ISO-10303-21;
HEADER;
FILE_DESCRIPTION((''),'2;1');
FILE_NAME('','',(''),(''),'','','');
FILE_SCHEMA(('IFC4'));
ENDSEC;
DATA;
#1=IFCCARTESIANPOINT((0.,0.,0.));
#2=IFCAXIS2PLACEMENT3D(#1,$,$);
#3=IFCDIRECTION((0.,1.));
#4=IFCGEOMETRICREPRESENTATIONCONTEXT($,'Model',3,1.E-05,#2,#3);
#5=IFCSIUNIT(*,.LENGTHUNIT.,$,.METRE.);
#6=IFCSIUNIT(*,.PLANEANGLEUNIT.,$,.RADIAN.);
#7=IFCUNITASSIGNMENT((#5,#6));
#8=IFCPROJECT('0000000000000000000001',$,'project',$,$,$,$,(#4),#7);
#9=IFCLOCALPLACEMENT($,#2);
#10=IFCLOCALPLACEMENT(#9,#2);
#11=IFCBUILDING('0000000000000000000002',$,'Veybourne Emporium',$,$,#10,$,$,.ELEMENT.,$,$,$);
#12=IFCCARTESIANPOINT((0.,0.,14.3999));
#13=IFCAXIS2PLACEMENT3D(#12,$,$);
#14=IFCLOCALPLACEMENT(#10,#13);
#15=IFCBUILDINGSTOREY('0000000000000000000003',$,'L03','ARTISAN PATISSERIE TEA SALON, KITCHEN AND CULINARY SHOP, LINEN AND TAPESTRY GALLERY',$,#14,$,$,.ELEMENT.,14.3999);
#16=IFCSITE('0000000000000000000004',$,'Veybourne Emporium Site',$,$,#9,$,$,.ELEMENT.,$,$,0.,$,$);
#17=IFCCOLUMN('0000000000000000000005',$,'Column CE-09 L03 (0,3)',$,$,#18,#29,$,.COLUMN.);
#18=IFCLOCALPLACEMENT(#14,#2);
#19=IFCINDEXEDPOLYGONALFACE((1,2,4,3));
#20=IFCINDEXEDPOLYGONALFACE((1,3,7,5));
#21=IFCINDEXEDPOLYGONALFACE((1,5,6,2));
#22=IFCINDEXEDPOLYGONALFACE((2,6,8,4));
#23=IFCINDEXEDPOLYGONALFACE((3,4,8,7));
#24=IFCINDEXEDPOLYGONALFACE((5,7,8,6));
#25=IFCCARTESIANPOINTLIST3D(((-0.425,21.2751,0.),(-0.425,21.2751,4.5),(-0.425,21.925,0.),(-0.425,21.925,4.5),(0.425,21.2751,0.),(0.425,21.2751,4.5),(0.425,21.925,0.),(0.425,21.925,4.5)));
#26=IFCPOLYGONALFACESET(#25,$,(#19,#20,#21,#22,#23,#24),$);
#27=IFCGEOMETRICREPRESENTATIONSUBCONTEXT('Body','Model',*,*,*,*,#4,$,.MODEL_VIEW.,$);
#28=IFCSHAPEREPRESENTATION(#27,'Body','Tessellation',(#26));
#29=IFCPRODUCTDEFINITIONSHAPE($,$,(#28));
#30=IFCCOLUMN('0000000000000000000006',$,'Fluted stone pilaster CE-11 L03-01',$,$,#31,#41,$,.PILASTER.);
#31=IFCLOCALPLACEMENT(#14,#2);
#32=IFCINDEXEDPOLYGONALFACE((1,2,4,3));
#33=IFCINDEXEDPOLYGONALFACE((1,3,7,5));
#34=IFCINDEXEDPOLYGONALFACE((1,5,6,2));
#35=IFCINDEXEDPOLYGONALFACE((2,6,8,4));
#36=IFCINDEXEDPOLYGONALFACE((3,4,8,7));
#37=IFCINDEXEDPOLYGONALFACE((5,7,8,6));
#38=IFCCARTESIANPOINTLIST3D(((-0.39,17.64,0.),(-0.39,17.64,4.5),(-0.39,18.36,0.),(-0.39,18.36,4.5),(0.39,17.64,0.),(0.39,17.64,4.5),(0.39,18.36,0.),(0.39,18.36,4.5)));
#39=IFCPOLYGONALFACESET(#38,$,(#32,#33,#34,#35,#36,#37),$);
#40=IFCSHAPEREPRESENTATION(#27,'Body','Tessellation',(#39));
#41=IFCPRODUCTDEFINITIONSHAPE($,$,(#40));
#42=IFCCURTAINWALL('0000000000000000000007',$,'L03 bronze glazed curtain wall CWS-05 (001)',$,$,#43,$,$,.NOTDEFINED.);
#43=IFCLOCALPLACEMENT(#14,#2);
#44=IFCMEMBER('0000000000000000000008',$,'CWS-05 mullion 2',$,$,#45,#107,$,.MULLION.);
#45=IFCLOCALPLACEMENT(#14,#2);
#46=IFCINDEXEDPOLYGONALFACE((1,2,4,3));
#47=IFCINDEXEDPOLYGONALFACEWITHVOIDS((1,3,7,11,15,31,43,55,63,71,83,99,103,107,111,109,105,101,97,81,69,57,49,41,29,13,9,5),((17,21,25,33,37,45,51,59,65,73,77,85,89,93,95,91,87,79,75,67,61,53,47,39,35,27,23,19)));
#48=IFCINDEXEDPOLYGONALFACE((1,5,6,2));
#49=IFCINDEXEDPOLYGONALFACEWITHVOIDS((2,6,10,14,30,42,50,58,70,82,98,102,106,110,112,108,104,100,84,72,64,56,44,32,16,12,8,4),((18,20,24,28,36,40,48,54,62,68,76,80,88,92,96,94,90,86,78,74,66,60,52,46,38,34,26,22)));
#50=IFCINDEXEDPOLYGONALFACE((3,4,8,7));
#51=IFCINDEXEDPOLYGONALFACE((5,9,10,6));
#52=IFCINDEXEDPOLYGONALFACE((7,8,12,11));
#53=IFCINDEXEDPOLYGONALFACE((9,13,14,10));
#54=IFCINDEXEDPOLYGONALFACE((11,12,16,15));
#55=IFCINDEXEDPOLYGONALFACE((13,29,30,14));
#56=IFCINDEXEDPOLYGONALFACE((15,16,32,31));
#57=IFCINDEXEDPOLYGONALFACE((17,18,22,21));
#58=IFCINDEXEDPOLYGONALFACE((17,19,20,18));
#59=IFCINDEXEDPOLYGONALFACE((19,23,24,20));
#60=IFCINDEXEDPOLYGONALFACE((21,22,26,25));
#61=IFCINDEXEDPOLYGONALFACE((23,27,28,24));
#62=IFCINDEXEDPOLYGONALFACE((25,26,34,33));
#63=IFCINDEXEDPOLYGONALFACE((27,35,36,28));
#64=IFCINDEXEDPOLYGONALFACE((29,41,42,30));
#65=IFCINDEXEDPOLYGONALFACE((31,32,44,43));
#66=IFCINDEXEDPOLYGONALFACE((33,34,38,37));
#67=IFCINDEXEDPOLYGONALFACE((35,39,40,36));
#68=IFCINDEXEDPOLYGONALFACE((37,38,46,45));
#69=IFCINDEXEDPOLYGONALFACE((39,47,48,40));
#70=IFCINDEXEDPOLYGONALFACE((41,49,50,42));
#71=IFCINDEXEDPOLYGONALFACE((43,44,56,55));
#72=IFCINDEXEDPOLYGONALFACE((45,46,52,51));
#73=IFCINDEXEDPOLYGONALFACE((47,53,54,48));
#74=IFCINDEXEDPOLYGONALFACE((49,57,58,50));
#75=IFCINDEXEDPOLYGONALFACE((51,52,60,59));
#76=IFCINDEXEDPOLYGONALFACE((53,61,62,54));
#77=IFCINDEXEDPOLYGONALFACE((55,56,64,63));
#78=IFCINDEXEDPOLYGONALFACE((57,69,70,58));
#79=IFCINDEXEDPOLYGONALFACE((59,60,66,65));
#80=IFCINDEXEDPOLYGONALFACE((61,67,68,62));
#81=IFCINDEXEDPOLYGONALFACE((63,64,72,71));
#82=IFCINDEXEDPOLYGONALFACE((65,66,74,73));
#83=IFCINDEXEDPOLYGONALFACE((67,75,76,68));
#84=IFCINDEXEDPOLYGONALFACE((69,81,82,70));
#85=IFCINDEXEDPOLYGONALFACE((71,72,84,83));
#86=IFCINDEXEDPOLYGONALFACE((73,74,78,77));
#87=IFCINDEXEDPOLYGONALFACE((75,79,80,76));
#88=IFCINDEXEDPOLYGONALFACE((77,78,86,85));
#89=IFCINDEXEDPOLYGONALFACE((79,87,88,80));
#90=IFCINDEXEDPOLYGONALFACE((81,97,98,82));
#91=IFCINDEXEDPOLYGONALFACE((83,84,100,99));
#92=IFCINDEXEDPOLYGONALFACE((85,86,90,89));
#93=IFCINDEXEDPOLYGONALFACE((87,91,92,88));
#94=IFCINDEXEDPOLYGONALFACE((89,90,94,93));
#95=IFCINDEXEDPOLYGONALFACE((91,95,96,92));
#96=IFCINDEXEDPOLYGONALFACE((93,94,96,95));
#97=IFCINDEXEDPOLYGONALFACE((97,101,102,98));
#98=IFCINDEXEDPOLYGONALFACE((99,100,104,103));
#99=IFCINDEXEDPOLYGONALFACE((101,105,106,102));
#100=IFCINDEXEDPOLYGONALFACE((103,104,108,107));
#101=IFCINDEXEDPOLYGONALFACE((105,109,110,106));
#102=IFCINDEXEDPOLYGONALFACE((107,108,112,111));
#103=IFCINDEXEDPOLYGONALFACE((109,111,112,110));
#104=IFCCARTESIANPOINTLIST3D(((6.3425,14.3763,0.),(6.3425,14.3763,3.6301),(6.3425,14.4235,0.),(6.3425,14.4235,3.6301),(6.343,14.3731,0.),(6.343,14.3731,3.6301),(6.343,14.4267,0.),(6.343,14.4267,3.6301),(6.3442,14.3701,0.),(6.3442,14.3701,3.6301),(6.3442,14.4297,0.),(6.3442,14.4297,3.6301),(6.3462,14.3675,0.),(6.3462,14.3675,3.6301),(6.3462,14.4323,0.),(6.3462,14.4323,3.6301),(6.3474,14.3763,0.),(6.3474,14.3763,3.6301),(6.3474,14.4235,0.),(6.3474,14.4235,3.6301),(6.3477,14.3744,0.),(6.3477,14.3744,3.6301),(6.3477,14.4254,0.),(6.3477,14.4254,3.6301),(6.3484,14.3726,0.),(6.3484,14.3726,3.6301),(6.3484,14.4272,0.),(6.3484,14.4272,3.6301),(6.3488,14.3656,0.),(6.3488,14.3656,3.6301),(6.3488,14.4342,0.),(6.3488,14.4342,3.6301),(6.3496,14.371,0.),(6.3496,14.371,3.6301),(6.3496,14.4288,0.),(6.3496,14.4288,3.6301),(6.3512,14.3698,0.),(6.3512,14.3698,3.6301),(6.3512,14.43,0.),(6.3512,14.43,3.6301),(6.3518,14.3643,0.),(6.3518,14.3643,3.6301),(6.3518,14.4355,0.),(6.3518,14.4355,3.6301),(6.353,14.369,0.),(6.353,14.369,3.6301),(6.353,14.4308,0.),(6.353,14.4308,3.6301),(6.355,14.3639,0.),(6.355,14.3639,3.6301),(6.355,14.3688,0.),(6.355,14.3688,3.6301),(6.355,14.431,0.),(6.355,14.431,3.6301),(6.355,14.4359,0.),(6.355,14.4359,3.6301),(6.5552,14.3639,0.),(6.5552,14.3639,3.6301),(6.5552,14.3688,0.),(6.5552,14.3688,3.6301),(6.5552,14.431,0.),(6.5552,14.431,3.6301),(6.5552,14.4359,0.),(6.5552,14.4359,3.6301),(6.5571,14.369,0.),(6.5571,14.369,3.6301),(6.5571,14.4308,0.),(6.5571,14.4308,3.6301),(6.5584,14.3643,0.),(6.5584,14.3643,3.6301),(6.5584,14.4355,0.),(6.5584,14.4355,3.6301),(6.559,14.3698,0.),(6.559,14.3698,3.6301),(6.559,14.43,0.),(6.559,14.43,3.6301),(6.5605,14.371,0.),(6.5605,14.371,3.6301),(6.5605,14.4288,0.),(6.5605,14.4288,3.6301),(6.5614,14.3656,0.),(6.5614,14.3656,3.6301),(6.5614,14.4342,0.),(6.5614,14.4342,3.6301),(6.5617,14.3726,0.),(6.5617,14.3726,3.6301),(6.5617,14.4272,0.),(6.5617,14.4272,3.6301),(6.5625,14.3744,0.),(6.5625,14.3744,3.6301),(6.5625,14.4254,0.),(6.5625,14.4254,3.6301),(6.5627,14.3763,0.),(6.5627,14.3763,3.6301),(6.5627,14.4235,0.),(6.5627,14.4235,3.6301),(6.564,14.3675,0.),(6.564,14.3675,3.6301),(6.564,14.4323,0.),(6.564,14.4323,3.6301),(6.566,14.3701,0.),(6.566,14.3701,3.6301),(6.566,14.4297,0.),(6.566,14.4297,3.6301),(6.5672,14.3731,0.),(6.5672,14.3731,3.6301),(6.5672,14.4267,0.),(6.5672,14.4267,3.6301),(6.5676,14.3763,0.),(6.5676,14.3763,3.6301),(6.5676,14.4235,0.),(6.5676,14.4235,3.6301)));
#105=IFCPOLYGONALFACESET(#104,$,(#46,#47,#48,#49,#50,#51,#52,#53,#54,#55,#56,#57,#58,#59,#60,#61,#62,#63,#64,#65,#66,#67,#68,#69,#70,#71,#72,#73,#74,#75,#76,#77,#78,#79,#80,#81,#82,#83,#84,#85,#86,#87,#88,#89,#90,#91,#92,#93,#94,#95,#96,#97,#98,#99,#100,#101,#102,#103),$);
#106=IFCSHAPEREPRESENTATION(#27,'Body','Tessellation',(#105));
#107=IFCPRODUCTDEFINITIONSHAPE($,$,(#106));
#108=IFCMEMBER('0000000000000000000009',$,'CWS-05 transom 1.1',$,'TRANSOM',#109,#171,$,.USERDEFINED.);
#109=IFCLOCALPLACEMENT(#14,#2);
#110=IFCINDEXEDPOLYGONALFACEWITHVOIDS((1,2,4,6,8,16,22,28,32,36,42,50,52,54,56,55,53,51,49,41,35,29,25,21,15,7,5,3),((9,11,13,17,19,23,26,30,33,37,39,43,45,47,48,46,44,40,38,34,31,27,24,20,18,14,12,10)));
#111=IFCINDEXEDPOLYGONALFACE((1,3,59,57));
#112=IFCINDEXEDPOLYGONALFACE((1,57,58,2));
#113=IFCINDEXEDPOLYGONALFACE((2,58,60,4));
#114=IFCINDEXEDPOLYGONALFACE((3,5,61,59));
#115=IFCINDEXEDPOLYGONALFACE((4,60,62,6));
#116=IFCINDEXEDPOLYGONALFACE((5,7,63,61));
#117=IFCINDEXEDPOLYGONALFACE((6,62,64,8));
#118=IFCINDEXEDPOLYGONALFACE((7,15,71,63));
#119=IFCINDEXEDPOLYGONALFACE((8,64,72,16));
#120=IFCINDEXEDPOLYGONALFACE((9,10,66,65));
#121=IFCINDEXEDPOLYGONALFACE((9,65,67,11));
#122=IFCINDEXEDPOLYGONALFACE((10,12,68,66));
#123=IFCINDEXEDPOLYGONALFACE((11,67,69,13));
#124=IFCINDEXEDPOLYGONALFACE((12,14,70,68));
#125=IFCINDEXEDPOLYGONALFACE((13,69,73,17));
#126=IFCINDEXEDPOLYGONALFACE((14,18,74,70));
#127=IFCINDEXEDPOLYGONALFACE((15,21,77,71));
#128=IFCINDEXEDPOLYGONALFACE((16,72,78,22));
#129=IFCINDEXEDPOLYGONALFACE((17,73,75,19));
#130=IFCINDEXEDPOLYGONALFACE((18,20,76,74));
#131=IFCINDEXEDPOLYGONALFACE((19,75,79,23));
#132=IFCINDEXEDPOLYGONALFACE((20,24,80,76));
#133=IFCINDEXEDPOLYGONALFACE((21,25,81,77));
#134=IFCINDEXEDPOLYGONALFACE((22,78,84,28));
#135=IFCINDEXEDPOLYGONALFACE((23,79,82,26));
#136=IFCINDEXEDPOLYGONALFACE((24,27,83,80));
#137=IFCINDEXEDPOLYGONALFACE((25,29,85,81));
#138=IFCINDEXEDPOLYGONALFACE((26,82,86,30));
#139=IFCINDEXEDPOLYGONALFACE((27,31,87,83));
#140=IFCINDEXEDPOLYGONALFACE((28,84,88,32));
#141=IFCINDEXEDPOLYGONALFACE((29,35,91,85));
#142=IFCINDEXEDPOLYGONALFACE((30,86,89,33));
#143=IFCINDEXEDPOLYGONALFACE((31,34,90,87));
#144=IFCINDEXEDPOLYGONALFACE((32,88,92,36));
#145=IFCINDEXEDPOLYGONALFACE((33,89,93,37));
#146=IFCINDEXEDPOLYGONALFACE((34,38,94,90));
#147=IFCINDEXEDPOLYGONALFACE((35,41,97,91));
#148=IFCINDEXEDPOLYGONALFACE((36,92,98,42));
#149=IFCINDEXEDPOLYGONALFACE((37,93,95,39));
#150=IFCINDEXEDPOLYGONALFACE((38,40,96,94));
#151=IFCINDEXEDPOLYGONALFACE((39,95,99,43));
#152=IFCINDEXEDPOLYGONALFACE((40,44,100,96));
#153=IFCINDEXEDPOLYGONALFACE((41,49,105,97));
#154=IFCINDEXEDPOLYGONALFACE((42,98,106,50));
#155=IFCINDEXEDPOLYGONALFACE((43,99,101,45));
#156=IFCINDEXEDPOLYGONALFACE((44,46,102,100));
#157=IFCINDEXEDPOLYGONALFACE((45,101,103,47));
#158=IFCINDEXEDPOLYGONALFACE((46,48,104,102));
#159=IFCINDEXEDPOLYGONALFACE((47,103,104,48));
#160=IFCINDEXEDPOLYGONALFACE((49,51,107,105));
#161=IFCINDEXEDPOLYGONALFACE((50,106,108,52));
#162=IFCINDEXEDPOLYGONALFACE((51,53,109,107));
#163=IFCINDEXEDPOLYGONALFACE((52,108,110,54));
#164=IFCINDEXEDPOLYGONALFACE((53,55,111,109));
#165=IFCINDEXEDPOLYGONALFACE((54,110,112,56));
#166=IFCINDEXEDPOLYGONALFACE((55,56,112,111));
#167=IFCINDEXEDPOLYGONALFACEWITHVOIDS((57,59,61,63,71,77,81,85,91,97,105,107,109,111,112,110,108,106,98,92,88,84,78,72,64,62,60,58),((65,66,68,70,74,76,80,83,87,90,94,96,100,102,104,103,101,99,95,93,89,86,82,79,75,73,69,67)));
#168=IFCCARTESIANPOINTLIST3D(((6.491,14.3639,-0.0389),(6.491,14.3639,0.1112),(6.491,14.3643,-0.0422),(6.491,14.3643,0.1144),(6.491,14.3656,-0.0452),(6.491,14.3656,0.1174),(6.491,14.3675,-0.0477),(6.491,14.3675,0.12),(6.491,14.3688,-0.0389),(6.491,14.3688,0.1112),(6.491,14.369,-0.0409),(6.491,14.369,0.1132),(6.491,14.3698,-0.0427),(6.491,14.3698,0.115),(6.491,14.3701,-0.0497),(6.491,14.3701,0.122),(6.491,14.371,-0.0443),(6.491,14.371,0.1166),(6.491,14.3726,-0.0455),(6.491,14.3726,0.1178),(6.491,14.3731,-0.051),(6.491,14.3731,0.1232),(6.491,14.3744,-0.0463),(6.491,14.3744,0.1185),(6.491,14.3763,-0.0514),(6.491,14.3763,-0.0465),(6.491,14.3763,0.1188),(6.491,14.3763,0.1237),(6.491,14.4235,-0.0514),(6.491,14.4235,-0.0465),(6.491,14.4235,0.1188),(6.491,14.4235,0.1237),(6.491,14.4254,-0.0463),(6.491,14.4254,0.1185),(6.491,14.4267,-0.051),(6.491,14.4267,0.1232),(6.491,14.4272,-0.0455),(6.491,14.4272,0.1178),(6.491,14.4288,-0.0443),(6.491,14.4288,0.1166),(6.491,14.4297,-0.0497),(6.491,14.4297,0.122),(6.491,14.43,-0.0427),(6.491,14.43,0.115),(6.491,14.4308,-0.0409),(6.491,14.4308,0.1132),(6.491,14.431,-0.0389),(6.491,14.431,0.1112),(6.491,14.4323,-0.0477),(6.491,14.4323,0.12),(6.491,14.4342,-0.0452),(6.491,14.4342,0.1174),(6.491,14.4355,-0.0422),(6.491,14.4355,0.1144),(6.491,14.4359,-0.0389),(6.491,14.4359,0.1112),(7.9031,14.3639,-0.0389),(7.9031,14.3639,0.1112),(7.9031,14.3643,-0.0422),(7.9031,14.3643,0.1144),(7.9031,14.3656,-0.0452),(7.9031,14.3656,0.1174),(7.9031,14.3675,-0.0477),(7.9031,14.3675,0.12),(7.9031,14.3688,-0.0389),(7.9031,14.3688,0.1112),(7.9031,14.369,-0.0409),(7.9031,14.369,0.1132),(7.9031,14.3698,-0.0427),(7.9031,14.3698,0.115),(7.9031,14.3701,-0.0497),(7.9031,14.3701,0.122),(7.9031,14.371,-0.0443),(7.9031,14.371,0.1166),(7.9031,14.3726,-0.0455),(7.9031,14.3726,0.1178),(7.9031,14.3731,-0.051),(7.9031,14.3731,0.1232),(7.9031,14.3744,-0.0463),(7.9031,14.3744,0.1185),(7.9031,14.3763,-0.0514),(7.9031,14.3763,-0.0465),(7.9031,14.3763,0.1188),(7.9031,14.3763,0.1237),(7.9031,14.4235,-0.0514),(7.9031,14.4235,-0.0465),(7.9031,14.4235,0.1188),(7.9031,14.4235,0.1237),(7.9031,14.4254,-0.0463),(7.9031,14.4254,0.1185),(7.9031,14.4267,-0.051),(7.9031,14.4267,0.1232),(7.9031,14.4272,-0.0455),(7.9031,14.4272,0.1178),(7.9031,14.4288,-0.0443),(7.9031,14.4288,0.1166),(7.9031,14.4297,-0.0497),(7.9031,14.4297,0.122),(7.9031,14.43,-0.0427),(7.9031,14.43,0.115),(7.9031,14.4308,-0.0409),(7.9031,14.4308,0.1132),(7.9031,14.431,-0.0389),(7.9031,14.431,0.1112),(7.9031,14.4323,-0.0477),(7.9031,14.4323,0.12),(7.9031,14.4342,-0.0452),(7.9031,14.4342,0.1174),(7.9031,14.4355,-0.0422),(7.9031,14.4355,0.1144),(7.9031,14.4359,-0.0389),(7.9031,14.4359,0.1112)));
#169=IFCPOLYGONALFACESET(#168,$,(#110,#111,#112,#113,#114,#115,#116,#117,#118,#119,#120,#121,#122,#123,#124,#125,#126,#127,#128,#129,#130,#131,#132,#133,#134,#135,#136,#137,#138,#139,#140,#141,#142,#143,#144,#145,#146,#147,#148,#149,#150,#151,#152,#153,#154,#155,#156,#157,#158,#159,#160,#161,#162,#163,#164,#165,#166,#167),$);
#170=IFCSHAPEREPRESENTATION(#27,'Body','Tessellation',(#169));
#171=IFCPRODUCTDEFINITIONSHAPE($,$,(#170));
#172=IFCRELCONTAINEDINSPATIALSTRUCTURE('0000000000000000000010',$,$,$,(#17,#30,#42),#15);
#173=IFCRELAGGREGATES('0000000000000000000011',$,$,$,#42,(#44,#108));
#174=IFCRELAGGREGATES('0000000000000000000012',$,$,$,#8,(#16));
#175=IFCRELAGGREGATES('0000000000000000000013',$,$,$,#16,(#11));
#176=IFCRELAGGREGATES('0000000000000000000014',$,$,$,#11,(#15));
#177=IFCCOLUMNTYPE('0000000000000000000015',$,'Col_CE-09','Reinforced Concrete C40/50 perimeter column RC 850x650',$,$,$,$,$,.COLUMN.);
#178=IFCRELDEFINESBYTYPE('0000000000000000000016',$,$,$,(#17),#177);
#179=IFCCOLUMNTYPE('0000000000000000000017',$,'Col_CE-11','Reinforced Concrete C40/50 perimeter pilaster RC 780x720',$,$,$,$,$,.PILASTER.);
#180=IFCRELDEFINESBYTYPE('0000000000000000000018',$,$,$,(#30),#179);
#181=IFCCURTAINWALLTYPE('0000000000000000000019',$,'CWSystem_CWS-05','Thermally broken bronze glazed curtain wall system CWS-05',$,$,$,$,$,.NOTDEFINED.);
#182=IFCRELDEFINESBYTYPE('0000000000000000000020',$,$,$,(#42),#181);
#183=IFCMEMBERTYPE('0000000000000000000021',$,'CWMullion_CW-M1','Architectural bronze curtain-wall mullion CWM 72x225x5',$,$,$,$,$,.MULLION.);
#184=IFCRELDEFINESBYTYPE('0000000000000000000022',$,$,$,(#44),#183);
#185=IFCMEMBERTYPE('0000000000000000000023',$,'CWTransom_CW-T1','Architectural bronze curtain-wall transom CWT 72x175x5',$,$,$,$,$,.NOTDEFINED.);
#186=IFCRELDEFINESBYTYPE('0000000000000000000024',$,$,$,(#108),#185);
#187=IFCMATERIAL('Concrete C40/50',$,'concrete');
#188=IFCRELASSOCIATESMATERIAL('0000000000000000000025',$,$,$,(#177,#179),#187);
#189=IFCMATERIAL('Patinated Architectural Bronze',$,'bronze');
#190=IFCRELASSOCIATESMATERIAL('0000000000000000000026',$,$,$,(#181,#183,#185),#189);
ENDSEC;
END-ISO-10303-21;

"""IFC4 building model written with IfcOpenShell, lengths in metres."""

from ifc_helpers import new_model, si_unit, direction, frame, origin, origin_2d, place, context, subcontext, project, spatial, rectangle, hollow_rectangle, extrude, material, material_profile, profile_set, type_object, element, aggregate, save


model = new_model("IFC4")

# Units and contexts
model_context = context("Model", 3, precision=1e-05, world=origin(), true_north=direction((0.0, 1.0)))
body_context = subcontext(model_context, "Body", "Model", "MODEL_VIEW")
ifc_project = project(units=[si_unit("LENGTHUNIT", "METRE"), si_unit("PLANEANGLEUNIT", "RADIAN")], contexts=[model_context])

# Site, building, storey
site_placement = place(None, origin())
site = spatial("IfcSite", under=ifc_project, at=site_placement, Name="Veybourne Emporium Site", CompositionType="ELEMENT", RefElevation=0.0)
building_placement = place(site_placement, origin())
building = spatial("IfcBuilding", under=site, at=building_placement, Name="Veybourne Emporium", CompositionType="ELEMENT")
storey_placement = place(building_placement, frame((0.0, 0.0, 14.3999)))
storey = spatial("IfcBuildingStorey", under=building, at=storey_placement, Name="L03", Description="ARTISAN PATISSERIE TEA SALON, KITCHEN AND CULINARY SHOP, LINEN AND TAPESTRY GALLERY", CompositionType="ELEMENT", Elevation=14.3999)

# Columns
ifc_material_1 = material(Name="Concrete C40/50", Category="concrete")
ifc_material_profile_1 = material_profile(ifc_material_1, rectangle(XDim=0.8501, YDim=0.6499, at=origin_2d()), Name="RC 850x650")
ifc_profile_set_1 = profile_set([ifc_material_profile_1], Name="Concrete C40/50")
column_type_1 = type_object("IfcColumnType", Name="Col_CE-09", Description="Reinforced Concrete C40/50 perimeter column RC 850x650", PredefinedType="COLUMN", material=ifc_profile_set_1)
column_1_placement = place(storey_placement, frame((0.0, 21.6001, 0.0), z_axis=(0.0, 0.0, 1.0), x_axis=(1.0, 0.0, 0.0)))
element("IfcColumn", 1, at=column_1_placement, inside=storey, type_object=column_type_1, Name="Column CE-09 L03 (0,3)", PredefinedType="COLUMN", context=body_context, shape_type="SweptSolid", body=[
    extrude(rectangle(XDim=0.8501, YDim=0.6499, at=origin_2d()), origin(), (0.0, 0.0, 1.0), 4.5),
])
ifc_material_profile_2 = material_profile(ifc_material_1, rectangle(XDim=0.78, YDim=0.72, at=origin_2d()), Name="RC 780x720")
ifc_profile_set_2 = profile_set([ifc_material_profile_2], Name="Concrete C40/50")
column_type_2 = type_object("IfcColumnType", Name="Col_CE-11", Description="Reinforced Concrete C40/50 perimeter pilaster RC 780x720", PredefinedType="PILASTER", material=ifc_profile_set_2)
column_2_placement = place(storey_placement, frame((0.0, 18.0, 0.0), z_axis=(0.0, 0.0, 1.0), x_axis=(1.0, 0.0, 0.0)))
element("IfcColumn", 2, at=column_2_placement, inside=storey, type_object=column_type_2, Name="Fluted stone pilaster CE-11 L03-01", PredefinedType="PILASTER", context=body_context, shape_type="SweptSolid", body=[
    extrude(rectangle(XDim=0.78, YDim=0.72, at=origin_2d()), origin(), (0.0, 0.0, 1.0), 4.5),
])

# Curtain wall, members
ifc_material_2 = material(Name="Patinated Architectural Bronze", Category="bronze")
curtain_wall_type = type_object("IfcCurtainWallType", Name="CWSystem_CWS-05", Description="Thermally broken bronze glazed curtain wall system CWS-05", PredefinedType="NOTDEFINED", material=ifc_material_2)
curtain_wall_placement = place(storey_placement, origin())
curtain_wall = element("IfcCurtainWall", 3, at=curtain_wall_placement, inside=storey, type_object=curtain_wall_type, Name="L03 bronze glazed curtain wall CWS-05 (001)", PredefinedType="NOTDEFINED")
ifc_material_profile_3 = material_profile(ifc_material_2, hollow_rectangle(XDim=0.072, YDim=0.2251, WallThickness=0.0049, InnerFilletRadius=0.0076, OuterFilletRadius=0.0125, at=origin_2d()), Name="CWM 72x225x5")
ifc_profile_set_3 = profile_set([ifc_material_profile_3], Name="Patinated Architectural Bronze")
member_type_1 = type_object("IfcMemberType", Name="CWMullion_CW-M1", Description="Architectural bronze curtain-wall mullion CWM 72x225x5", PredefinedType="MULLION", material=ifc_profile_set_3)
member_1_placement = place(storey_placement, frame((6.4551, 14.3999, 0.0), z_axis=(0.0, 0.0, 1.0), x_axis=(0.0, -1.0, 0.0)))
member_1 = element("IfcMember", 4, at=member_1_placement, type_object=member_type_1, Name="CWS-05 mullion 2", PredefinedType="MULLION", context=body_context, shape_type="SweptSolid", body=[
    extrude(hollow_rectangle(XDim=0.072, YDim=0.2251, WallThickness=0.0049, InnerFilletRadius=0.0076, OuterFilletRadius=0.0125, at=origin_2d()), origin(), (0.0, 0.0, 1.0), 3.6301),
])
ifc_material_profile_4 = material_profile(ifc_material_2, hollow_rectangle(XDim=0.072, YDim=0.175, WallThickness=0.0049, InnerFilletRadius=0.0076, OuterFilletRadius=0.0125, at=origin_2d()), Name="CWT 72x175x5")
ifc_profile_set_4 = profile_set([ifc_material_profile_4], Name="Patinated Architectural Bronze")
member_type_2 = type_object("IfcMemberType", Name="CWTransom_CW-T1", Description="Architectural bronze curtain-wall transom CWT 72x175x5", PredefinedType="NOTDEFINED", material=ifc_profile_set_4)
member_2_placement = place(storey_placement, frame((7.9031, 14.3999, 0.0361), z_axis=(-1.0, 0.0, 0.0), x_axis=(0.0, -1.0, 0.0)))
member_2 = element("IfcMember", 5, at=member_2_placement, type_object=member_type_2, Name="CWS-05 transom 1.1", ObjectType="TRANSOM", PredefinedType="USERDEFINED", context=body_context, shape_type="SweptSolid", body=[
    extrude(hollow_rectangle(XDim=0.072, YDim=0.175, WallThickness=0.0049, InnerFilletRadius=0.0076, OuterFilletRadius=0.0125, at=origin_2d()), origin(), (0.0, 0.0, 1.0), 1.4121),
])

aggregate(curtain_wall, [member_1, member_2])

save(model, "model.ifc")
